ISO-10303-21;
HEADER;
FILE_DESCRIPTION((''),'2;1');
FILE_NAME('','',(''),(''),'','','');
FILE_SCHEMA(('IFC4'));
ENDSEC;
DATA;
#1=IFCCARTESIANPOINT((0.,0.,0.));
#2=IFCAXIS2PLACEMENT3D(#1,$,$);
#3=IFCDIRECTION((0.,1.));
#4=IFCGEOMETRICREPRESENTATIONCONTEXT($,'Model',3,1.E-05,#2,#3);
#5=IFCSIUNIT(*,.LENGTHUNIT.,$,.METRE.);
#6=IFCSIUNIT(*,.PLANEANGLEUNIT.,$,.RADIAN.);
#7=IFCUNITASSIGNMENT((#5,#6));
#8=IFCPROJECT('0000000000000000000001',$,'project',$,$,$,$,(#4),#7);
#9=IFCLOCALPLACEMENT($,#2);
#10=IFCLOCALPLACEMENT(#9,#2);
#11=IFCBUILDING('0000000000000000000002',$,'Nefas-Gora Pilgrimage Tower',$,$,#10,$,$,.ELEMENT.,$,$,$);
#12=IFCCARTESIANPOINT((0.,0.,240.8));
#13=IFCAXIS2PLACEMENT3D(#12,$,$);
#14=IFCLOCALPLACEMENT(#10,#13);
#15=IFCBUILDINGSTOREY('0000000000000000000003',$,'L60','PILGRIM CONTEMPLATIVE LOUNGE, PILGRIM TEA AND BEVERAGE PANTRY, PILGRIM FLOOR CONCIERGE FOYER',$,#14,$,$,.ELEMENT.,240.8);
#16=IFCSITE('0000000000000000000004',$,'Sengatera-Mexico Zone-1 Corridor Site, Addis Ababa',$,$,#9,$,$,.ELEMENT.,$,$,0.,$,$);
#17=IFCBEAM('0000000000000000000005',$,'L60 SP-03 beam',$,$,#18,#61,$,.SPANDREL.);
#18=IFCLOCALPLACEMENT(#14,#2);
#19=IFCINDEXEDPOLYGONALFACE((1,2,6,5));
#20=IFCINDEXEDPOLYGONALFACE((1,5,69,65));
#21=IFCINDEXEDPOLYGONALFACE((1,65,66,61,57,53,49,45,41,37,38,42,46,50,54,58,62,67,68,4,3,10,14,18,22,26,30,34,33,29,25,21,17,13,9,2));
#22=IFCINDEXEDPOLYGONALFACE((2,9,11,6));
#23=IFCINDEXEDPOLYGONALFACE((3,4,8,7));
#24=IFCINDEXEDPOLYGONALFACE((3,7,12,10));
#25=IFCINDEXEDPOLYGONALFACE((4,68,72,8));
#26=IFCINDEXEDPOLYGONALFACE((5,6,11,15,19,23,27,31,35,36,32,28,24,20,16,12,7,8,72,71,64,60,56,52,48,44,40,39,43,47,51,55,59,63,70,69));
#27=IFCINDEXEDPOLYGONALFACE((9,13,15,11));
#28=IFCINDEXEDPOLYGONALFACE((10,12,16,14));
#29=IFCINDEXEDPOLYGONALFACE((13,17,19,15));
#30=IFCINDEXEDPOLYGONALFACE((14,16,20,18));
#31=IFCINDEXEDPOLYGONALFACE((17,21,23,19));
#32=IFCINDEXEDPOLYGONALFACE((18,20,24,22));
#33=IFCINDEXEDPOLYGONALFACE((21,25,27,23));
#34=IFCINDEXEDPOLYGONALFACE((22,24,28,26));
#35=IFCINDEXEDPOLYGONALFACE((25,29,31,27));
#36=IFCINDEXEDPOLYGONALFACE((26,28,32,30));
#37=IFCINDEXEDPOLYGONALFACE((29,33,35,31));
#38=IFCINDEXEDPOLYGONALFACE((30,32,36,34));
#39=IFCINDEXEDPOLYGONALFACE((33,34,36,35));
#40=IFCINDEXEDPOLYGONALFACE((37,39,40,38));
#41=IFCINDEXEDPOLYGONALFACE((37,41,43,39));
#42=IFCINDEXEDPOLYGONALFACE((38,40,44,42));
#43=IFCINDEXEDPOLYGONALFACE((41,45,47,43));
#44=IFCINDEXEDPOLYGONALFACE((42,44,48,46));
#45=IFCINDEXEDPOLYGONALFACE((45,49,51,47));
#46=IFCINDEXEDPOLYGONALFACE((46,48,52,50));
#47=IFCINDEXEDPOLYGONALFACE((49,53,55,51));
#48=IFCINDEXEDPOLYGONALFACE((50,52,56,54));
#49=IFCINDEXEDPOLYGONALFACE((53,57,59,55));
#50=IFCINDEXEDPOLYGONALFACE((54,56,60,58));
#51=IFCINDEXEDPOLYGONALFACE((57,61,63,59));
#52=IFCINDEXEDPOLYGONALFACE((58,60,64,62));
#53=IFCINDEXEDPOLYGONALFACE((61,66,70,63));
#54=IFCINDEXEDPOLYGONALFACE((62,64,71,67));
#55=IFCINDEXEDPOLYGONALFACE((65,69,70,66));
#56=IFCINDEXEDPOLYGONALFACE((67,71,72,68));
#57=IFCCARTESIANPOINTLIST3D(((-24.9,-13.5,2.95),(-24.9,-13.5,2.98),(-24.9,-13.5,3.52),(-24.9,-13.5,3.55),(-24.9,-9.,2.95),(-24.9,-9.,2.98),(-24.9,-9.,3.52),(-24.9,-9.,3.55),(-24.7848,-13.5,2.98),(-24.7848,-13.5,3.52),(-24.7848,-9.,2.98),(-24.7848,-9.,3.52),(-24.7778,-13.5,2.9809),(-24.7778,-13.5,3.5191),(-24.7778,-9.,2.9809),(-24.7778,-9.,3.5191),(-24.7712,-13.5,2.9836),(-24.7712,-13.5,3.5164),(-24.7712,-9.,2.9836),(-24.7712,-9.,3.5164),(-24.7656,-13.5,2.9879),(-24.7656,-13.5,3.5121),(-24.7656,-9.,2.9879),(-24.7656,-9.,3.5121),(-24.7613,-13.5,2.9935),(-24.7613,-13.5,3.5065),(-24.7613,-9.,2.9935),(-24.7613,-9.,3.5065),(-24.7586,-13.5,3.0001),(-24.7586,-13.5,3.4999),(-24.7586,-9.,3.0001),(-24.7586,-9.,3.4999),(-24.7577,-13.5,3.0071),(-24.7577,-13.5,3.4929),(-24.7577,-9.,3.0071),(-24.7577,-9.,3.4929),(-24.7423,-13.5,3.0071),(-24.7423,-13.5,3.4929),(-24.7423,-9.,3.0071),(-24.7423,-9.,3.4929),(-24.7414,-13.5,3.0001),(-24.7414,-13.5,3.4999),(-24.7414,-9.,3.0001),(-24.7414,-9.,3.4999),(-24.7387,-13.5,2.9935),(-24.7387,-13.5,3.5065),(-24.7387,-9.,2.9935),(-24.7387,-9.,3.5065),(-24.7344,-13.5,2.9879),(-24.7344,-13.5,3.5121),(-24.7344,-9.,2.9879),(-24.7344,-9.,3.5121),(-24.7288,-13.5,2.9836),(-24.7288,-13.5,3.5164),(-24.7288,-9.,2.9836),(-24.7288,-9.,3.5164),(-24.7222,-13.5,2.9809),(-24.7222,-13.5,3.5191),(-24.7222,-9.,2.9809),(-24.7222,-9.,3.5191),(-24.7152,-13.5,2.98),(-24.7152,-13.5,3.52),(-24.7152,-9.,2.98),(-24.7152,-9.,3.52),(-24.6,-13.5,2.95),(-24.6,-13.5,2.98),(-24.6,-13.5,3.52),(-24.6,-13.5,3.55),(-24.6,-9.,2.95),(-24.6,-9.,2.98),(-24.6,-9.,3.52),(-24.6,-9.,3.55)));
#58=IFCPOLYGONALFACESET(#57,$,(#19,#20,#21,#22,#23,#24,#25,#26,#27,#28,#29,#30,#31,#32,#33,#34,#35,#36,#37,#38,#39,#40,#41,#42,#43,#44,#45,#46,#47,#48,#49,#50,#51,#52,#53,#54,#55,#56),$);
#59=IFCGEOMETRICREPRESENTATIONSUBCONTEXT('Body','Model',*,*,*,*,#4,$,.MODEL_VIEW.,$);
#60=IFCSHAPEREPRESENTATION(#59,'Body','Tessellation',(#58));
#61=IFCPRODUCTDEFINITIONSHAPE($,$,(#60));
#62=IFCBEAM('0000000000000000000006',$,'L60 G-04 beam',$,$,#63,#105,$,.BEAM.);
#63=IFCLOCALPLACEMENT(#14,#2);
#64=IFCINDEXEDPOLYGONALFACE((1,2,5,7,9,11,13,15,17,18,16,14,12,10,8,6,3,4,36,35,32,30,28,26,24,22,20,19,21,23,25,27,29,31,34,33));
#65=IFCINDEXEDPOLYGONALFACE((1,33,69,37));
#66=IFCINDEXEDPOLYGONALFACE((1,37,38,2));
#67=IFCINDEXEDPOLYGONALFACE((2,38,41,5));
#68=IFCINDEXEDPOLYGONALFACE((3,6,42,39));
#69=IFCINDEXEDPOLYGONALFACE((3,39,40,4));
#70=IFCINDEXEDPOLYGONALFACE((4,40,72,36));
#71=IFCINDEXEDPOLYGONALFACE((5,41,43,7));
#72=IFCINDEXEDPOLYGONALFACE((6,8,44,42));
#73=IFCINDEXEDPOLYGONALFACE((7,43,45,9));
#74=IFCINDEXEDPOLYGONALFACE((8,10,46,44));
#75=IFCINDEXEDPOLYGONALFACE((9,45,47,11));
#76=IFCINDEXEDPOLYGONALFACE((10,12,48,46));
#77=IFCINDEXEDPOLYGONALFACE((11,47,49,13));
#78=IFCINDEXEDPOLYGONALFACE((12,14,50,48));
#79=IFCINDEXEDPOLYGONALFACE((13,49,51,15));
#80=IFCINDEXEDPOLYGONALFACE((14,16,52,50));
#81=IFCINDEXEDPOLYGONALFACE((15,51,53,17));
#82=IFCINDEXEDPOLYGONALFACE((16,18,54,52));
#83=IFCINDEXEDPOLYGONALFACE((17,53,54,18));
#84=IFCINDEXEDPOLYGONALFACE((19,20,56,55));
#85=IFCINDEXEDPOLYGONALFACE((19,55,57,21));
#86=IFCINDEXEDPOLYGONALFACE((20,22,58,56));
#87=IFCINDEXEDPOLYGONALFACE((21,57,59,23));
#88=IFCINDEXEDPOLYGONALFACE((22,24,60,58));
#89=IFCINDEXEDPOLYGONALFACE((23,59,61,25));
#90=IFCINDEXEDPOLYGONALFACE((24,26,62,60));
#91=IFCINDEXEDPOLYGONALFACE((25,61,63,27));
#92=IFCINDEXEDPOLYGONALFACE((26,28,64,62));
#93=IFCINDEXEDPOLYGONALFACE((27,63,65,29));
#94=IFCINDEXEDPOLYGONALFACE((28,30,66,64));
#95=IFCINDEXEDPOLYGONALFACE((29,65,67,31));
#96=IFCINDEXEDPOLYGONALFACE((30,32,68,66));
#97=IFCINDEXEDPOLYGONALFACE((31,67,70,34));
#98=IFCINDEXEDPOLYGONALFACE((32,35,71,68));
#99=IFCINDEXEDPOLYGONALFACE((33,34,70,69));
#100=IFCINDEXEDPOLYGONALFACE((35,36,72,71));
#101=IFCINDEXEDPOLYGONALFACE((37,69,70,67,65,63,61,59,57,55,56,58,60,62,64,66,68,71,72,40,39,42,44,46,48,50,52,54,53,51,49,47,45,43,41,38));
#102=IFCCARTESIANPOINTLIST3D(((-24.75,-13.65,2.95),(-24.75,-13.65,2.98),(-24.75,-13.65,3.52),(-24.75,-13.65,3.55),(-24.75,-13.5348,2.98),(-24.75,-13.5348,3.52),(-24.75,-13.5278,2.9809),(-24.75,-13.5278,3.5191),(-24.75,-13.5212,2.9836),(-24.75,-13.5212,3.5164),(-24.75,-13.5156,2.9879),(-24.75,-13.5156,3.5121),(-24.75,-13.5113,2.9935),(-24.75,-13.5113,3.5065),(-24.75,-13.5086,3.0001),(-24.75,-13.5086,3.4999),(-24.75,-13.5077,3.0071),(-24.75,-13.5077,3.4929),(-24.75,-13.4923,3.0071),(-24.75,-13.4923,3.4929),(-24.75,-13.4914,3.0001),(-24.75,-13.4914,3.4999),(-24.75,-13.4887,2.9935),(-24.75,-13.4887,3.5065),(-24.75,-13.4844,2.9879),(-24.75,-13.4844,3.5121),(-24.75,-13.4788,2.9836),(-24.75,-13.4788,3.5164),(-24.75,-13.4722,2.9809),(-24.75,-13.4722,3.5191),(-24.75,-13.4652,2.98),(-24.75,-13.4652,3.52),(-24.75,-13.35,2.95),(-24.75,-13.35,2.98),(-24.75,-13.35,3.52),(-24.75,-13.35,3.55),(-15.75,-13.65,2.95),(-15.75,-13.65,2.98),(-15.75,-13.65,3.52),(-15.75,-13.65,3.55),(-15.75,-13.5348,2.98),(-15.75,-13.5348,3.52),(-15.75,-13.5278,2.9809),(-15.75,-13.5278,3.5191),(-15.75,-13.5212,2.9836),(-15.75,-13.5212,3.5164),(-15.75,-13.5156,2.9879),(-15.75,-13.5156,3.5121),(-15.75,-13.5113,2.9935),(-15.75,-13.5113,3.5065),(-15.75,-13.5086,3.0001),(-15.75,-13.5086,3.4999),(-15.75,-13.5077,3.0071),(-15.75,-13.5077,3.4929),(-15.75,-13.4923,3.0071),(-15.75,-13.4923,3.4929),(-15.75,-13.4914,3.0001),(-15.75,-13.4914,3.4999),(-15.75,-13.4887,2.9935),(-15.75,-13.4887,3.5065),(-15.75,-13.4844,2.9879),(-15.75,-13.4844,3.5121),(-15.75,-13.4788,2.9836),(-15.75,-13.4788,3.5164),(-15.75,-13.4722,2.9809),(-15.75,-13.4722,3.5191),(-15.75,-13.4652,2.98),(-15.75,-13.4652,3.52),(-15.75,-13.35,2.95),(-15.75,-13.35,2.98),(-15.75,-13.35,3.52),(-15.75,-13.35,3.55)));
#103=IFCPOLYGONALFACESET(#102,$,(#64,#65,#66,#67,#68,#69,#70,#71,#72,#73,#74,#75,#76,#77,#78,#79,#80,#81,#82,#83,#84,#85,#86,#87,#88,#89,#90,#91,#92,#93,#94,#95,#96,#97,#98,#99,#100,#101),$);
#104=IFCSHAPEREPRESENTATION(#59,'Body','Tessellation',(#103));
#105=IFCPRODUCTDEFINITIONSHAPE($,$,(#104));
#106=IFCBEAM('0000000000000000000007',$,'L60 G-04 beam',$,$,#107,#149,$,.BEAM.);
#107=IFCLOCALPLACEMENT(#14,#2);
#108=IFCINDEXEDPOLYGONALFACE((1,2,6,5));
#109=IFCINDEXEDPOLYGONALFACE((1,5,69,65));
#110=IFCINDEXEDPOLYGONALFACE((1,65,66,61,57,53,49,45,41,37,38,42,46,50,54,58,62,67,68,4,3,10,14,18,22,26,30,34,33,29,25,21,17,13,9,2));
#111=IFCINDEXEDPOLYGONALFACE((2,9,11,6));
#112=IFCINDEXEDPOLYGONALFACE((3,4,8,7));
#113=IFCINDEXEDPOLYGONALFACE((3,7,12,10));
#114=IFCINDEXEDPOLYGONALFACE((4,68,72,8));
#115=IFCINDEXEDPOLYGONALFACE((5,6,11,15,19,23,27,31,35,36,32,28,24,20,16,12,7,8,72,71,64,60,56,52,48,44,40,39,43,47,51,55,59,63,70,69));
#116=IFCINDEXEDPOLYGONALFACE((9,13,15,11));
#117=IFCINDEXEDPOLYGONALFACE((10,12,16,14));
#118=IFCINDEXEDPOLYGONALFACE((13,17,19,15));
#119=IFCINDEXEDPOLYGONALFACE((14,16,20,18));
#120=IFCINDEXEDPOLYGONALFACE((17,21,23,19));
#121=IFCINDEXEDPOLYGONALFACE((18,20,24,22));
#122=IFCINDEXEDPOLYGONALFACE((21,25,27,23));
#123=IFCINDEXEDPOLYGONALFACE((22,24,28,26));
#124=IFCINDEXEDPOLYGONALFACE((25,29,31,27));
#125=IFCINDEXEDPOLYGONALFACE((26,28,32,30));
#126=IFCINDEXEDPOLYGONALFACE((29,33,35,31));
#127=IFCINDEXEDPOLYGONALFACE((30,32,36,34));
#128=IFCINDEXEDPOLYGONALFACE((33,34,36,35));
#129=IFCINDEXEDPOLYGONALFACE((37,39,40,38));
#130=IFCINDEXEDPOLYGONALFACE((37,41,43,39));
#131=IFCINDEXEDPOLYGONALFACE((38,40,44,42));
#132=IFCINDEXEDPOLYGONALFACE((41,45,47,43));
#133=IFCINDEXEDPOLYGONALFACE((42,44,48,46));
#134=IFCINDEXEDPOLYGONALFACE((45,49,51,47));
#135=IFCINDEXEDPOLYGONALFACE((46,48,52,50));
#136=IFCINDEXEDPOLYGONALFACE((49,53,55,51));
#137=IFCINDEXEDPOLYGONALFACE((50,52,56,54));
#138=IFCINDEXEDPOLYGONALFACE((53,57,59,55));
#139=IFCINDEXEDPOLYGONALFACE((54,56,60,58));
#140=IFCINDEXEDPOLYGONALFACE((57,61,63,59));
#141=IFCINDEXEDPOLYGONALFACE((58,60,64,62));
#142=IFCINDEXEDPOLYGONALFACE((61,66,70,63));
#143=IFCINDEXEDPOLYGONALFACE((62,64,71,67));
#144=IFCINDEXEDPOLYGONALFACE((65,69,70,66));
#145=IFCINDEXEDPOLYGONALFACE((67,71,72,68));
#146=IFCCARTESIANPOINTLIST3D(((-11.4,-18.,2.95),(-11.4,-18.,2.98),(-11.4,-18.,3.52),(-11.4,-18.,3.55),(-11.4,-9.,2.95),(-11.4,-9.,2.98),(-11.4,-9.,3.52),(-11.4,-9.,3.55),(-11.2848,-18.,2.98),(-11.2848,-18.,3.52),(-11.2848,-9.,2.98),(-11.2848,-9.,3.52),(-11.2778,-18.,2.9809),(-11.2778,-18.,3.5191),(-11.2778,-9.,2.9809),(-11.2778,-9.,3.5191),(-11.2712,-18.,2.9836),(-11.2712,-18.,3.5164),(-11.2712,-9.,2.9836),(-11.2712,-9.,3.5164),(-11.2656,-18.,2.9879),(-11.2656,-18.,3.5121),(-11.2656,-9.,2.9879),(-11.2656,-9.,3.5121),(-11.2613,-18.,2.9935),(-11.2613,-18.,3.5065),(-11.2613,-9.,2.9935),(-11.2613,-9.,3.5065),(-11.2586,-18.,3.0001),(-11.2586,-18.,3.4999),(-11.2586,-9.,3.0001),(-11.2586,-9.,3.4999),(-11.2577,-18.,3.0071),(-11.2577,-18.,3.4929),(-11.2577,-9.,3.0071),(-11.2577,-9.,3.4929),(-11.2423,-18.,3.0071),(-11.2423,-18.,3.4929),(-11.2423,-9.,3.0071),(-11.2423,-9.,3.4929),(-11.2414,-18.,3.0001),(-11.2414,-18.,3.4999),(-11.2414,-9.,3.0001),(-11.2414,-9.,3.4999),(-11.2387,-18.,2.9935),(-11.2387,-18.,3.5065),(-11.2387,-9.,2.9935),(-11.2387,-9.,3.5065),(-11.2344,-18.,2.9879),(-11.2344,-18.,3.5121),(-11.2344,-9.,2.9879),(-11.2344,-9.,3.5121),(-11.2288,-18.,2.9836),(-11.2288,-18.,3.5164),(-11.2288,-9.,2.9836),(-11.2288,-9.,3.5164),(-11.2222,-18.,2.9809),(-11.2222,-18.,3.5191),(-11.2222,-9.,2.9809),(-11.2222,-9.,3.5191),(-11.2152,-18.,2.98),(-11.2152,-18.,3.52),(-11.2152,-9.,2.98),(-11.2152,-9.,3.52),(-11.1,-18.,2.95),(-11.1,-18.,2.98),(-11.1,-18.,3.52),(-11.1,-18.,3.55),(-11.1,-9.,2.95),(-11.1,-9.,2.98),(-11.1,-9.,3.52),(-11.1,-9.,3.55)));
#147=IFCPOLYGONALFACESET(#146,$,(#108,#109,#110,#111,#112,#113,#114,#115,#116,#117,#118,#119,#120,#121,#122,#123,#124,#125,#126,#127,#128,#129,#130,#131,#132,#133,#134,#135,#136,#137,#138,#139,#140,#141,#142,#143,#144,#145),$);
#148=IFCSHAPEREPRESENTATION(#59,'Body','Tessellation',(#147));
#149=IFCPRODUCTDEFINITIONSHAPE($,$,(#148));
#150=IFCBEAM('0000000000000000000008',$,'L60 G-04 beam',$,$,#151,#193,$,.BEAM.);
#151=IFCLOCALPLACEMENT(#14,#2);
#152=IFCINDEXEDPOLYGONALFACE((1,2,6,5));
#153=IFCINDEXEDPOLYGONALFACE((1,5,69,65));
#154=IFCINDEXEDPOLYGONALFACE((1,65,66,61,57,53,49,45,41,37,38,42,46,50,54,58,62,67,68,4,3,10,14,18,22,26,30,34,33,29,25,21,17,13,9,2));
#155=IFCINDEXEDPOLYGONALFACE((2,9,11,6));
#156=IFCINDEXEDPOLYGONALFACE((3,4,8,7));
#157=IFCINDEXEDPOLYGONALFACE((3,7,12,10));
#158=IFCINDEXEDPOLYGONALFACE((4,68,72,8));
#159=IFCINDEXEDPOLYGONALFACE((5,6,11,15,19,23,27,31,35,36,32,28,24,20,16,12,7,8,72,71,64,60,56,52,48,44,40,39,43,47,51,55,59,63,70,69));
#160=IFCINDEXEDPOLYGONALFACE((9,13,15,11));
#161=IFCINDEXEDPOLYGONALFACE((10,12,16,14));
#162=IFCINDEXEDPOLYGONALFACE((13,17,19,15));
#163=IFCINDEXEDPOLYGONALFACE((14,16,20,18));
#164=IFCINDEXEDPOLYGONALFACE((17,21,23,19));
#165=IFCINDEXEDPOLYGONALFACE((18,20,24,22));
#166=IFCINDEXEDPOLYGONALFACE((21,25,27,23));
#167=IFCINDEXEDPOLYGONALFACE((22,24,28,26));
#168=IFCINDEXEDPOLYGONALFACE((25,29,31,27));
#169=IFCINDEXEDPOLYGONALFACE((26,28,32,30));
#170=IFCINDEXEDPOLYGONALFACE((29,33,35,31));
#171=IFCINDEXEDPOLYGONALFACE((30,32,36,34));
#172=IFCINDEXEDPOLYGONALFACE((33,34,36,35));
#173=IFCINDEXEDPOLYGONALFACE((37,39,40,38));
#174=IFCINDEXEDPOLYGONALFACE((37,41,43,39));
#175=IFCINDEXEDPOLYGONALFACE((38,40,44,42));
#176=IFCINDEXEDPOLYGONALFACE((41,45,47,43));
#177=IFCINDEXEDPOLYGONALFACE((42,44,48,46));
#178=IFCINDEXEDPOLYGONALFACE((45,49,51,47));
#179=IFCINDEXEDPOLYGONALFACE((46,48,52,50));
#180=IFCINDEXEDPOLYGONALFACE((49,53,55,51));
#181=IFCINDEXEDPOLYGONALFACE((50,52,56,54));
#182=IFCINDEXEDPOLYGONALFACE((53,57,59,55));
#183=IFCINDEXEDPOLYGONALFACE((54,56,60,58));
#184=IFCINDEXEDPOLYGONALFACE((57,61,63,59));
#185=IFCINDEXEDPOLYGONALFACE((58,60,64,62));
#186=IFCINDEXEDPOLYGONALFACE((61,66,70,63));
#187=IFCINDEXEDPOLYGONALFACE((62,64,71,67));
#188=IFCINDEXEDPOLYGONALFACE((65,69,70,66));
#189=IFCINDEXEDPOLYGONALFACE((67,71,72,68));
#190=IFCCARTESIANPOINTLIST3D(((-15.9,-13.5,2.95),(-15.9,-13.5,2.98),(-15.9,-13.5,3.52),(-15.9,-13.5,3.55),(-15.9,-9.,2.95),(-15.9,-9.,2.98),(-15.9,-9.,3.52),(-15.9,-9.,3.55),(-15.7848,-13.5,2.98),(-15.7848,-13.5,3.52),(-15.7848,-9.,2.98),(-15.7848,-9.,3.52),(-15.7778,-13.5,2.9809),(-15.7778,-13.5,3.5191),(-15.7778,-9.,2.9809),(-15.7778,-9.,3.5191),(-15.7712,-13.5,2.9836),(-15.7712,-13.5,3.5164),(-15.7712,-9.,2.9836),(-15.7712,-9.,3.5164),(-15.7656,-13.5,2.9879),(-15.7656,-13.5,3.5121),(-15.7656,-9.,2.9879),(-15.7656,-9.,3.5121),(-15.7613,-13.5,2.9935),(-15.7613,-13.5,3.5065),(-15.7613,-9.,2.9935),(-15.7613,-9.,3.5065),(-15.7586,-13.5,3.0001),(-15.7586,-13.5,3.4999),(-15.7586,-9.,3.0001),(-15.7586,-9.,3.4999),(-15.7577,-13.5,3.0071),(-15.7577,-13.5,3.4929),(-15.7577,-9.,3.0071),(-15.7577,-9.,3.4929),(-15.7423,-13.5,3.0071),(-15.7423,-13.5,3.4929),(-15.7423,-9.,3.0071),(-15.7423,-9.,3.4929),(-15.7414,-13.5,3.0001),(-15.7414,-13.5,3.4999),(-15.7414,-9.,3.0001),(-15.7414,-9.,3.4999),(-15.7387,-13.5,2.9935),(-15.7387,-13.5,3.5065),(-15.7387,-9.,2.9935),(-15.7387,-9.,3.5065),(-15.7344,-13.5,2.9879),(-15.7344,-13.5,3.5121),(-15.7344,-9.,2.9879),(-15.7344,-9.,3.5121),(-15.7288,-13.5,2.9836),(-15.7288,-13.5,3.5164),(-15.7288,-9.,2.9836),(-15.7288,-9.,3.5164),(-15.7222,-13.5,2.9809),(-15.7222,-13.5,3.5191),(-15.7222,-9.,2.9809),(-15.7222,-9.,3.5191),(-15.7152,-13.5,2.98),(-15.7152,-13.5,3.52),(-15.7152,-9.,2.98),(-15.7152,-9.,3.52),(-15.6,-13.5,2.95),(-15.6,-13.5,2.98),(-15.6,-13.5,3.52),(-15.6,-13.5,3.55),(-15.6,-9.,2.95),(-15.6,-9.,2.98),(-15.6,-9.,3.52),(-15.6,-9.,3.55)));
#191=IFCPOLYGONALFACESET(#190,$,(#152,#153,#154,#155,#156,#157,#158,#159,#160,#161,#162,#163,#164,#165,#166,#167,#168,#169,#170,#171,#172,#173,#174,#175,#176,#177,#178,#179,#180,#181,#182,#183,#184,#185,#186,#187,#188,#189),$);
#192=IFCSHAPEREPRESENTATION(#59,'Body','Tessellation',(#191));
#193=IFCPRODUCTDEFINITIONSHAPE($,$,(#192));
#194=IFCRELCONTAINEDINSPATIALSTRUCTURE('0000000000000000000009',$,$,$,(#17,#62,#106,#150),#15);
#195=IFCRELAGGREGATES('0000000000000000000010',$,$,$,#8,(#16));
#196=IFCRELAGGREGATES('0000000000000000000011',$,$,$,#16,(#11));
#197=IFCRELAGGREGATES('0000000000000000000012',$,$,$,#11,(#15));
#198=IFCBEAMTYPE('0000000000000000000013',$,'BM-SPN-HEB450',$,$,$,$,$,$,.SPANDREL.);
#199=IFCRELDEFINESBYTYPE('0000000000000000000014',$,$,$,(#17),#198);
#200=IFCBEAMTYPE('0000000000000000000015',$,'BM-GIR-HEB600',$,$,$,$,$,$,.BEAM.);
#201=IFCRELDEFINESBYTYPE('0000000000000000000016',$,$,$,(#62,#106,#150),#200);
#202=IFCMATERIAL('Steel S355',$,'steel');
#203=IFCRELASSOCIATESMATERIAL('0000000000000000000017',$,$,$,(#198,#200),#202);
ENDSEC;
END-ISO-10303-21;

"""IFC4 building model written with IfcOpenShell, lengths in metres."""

from ifc_helpers import new_model, si_unit, direction, frame, origin, origin_2d, place, context, subcontext, project, spatial, i_section, extrude, source, transform, mapped, material, material_profile, profile_set, type_object, element, save


model = new_model("IFC4")

# Units and contexts
model_context = context("Model", 3, precision=1e-05, world=origin(), true_north=direction((0.0, 1.0)))
body_context = subcontext(model_context, "Body", "Model", "MODEL_VIEW")
ifc_project = project(units=[si_unit("LENGTHUNIT", "METRE"), si_unit("PLANEANGLEUNIT", "RADIAN")], contexts=[model_context])

# Site, building, storey
site_placement = place(None, origin())
site = spatial("IfcSite", under=ifc_project, at=site_placement, Name="Sengatera-Mexico Zone-1 Corridor Site, Addis Ababa", CompositionType="ELEMENT", RefElevation=0.0)
building_placement = place(site_placement, origin())
building = spatial("IfcBuilding", under=site, at=building_placement, Name="Nefas-Gora Pilgrimage Tower", CompositionType="ELEMENT")
storey_placement = place(building_placement, frame((0.0, 0.0, 240.8)))
storey = spatial("IfcBuildingStorey", under=building, at=storey_placement, Name="L60", Description="PILGRIM CONTEMPLATIVE LOUNGE, PILGRIM TEA AND BEVERAGE PANTRY, PILGRIM FLOOR CONCIERGE FOYER", CompositionType="ELEMENT", Elevation=240.8)

# Beams
ifc_material_1 = material(Name="Steel S355", Category="steel")
ifc_material_profile_1 = material_profile(ifc_material_1, i_section(OverallWidth=0.3, OverallDepth=0.6001, WebThickness=0.0154, FlangeThickness=0.03, FilletRadius=0.0271, at=origin_2d()), Name="HEB 600")
ifc_profile_set_1 = profile_set([ifc_material_profile_1], Name="Steel S355")
beam_type_1 = type_object("IfcBeamType", Name="BM-SPN-HEB450", PredefinedType="SPANDREL", material=ifc_profile_set_1)
shared_shape_1 = source(origin(), body_context, "Body", "SweptSolid", [
    extrude(i_section(OverallWidth=0.3, OverallDepth=0.6001, WebThickness=0.0154, FlangeThickness=0.03, FilletRadius=0.0271, at=origin_2d()), origin(), (0.0, 0.0, 1.0), 4.5),
])
beam_placement = place(storey_placement, frame((-24.75, -13.5, 3.25), z_axis=(0.0, 1.0, 0.0), x_axis=(-1.0, 0.0, 0.0)))
element("IfcBeam", 1, at=beam_placement, inside=storey, type_object=beam_type_1, Name="L60 SP-03 beam", PredefinedType="SPANDREL", context=body_context, shape_type="MappedRepresentation", body=[
    mapped(shared_shape_1, transform((0.0, 0.0, 0.0), x_axis=(1.0, 0.0, 0.0), y_axis=(0.0, 1.0, 0.0), z_axis=(0.0, 0.0, 1.0), scale=1.0)),
])
ifc_material_profile_2 = material_profile(ifc_material_1, i_section(OverallWidth=0.3, OverallDepth=0.6001, WebThickness=0.0154, FlangeThickness=0.03, FilletRadius=0.0271, at=origin_2d()), Name="HEB 600")
ifc_profile_set_2 = profile_set([ifc_material_profile_2], Name="Steel S355")
beam_type_2 = type_object("IfcBeamType", Name="BM-GIR-HEB600", PredefinedType="BEAM", material=ifc_profile_set_2)
shared_shape_2 = source(origin(), body_context, "Body", "SweptSolid", [
    extrude(i_section(OverallWidth=0.3, OverallDepth=0.6001, WebThickness=0.0154, FlangeThickness=0.03, FilletRadius=0.0271, at=origin_2d()), origin(), (0.0, 0.0, 1.0), 9.0),
])
for number, where, z_axis, x_axis, name in (
    (2, (-24.75, -13.5, 3.25), (1.0, 0.0, 0.0), (0.0, 1.0, 0.0), "L60 G-04 beam"),
    (3, (-11.25, -18.0, 3.25), (0.0, 1.0, 0.0), (-1.0, 0.0, 0.0), "L60 G-04 beam"),
):
    element("IfcBeam", number, at=place(storey_placement, frame(where, z_axis=z_axis, x_axis=x_axis)), inside=storey, type_object=beam_type_2, Name=name, PredefinedType="BEAM", context=body_context, shape_type="MappedRepresentation", body=[
        mapped(shared_shape_2, transform((0.0, 0.0, 0.0), x_axis=(1.0, 0.0, 0.0), y_axis=(0.0, 1.0, 0.0), z_axis=(0.0, 0.0, 1.0), scale=1.0)),
    ])
shared_shape_3 = source(origin(), body_context, "Body", "SweptSolid", [
    extrude(i_section(OverallWidth=0.3, OverallDepth=0.6001, WebThickness=0.0154, FlangeThickness=0.03, FilletRadius=0.0271, at=origin_2d()), origin(), (0.0, 0.0, 1.0), 4.5),
])
for number, where, z_axis, x_axis, name in (
    (4, (-15.75, -13.5, 3.25), (0.0, 1.0, 0.0), (-1.0, 0.0, 0.0), "L60 G-04 beam"),
):
    element("IfcBeam", number, at=place(storey_placement, frame(where, z_axis=z_axis, x_axis=x_axis)), inside=storey, type_object=beam_type_2, Name=name, PredefinedType="BEAM", context=body_context, shape_type="MappedRepresentation", body=[
        mapped(shared_shape_3, transform((0.0, 0.0, 0.0), x_axis=(1.0, 0.0, 0.0), y_axis=(0.0, 1.0, 0.0), z_axis=(0.0, 0.0, 1.0), scale=1.0)),
    ])

save(model, "model.ifc")
